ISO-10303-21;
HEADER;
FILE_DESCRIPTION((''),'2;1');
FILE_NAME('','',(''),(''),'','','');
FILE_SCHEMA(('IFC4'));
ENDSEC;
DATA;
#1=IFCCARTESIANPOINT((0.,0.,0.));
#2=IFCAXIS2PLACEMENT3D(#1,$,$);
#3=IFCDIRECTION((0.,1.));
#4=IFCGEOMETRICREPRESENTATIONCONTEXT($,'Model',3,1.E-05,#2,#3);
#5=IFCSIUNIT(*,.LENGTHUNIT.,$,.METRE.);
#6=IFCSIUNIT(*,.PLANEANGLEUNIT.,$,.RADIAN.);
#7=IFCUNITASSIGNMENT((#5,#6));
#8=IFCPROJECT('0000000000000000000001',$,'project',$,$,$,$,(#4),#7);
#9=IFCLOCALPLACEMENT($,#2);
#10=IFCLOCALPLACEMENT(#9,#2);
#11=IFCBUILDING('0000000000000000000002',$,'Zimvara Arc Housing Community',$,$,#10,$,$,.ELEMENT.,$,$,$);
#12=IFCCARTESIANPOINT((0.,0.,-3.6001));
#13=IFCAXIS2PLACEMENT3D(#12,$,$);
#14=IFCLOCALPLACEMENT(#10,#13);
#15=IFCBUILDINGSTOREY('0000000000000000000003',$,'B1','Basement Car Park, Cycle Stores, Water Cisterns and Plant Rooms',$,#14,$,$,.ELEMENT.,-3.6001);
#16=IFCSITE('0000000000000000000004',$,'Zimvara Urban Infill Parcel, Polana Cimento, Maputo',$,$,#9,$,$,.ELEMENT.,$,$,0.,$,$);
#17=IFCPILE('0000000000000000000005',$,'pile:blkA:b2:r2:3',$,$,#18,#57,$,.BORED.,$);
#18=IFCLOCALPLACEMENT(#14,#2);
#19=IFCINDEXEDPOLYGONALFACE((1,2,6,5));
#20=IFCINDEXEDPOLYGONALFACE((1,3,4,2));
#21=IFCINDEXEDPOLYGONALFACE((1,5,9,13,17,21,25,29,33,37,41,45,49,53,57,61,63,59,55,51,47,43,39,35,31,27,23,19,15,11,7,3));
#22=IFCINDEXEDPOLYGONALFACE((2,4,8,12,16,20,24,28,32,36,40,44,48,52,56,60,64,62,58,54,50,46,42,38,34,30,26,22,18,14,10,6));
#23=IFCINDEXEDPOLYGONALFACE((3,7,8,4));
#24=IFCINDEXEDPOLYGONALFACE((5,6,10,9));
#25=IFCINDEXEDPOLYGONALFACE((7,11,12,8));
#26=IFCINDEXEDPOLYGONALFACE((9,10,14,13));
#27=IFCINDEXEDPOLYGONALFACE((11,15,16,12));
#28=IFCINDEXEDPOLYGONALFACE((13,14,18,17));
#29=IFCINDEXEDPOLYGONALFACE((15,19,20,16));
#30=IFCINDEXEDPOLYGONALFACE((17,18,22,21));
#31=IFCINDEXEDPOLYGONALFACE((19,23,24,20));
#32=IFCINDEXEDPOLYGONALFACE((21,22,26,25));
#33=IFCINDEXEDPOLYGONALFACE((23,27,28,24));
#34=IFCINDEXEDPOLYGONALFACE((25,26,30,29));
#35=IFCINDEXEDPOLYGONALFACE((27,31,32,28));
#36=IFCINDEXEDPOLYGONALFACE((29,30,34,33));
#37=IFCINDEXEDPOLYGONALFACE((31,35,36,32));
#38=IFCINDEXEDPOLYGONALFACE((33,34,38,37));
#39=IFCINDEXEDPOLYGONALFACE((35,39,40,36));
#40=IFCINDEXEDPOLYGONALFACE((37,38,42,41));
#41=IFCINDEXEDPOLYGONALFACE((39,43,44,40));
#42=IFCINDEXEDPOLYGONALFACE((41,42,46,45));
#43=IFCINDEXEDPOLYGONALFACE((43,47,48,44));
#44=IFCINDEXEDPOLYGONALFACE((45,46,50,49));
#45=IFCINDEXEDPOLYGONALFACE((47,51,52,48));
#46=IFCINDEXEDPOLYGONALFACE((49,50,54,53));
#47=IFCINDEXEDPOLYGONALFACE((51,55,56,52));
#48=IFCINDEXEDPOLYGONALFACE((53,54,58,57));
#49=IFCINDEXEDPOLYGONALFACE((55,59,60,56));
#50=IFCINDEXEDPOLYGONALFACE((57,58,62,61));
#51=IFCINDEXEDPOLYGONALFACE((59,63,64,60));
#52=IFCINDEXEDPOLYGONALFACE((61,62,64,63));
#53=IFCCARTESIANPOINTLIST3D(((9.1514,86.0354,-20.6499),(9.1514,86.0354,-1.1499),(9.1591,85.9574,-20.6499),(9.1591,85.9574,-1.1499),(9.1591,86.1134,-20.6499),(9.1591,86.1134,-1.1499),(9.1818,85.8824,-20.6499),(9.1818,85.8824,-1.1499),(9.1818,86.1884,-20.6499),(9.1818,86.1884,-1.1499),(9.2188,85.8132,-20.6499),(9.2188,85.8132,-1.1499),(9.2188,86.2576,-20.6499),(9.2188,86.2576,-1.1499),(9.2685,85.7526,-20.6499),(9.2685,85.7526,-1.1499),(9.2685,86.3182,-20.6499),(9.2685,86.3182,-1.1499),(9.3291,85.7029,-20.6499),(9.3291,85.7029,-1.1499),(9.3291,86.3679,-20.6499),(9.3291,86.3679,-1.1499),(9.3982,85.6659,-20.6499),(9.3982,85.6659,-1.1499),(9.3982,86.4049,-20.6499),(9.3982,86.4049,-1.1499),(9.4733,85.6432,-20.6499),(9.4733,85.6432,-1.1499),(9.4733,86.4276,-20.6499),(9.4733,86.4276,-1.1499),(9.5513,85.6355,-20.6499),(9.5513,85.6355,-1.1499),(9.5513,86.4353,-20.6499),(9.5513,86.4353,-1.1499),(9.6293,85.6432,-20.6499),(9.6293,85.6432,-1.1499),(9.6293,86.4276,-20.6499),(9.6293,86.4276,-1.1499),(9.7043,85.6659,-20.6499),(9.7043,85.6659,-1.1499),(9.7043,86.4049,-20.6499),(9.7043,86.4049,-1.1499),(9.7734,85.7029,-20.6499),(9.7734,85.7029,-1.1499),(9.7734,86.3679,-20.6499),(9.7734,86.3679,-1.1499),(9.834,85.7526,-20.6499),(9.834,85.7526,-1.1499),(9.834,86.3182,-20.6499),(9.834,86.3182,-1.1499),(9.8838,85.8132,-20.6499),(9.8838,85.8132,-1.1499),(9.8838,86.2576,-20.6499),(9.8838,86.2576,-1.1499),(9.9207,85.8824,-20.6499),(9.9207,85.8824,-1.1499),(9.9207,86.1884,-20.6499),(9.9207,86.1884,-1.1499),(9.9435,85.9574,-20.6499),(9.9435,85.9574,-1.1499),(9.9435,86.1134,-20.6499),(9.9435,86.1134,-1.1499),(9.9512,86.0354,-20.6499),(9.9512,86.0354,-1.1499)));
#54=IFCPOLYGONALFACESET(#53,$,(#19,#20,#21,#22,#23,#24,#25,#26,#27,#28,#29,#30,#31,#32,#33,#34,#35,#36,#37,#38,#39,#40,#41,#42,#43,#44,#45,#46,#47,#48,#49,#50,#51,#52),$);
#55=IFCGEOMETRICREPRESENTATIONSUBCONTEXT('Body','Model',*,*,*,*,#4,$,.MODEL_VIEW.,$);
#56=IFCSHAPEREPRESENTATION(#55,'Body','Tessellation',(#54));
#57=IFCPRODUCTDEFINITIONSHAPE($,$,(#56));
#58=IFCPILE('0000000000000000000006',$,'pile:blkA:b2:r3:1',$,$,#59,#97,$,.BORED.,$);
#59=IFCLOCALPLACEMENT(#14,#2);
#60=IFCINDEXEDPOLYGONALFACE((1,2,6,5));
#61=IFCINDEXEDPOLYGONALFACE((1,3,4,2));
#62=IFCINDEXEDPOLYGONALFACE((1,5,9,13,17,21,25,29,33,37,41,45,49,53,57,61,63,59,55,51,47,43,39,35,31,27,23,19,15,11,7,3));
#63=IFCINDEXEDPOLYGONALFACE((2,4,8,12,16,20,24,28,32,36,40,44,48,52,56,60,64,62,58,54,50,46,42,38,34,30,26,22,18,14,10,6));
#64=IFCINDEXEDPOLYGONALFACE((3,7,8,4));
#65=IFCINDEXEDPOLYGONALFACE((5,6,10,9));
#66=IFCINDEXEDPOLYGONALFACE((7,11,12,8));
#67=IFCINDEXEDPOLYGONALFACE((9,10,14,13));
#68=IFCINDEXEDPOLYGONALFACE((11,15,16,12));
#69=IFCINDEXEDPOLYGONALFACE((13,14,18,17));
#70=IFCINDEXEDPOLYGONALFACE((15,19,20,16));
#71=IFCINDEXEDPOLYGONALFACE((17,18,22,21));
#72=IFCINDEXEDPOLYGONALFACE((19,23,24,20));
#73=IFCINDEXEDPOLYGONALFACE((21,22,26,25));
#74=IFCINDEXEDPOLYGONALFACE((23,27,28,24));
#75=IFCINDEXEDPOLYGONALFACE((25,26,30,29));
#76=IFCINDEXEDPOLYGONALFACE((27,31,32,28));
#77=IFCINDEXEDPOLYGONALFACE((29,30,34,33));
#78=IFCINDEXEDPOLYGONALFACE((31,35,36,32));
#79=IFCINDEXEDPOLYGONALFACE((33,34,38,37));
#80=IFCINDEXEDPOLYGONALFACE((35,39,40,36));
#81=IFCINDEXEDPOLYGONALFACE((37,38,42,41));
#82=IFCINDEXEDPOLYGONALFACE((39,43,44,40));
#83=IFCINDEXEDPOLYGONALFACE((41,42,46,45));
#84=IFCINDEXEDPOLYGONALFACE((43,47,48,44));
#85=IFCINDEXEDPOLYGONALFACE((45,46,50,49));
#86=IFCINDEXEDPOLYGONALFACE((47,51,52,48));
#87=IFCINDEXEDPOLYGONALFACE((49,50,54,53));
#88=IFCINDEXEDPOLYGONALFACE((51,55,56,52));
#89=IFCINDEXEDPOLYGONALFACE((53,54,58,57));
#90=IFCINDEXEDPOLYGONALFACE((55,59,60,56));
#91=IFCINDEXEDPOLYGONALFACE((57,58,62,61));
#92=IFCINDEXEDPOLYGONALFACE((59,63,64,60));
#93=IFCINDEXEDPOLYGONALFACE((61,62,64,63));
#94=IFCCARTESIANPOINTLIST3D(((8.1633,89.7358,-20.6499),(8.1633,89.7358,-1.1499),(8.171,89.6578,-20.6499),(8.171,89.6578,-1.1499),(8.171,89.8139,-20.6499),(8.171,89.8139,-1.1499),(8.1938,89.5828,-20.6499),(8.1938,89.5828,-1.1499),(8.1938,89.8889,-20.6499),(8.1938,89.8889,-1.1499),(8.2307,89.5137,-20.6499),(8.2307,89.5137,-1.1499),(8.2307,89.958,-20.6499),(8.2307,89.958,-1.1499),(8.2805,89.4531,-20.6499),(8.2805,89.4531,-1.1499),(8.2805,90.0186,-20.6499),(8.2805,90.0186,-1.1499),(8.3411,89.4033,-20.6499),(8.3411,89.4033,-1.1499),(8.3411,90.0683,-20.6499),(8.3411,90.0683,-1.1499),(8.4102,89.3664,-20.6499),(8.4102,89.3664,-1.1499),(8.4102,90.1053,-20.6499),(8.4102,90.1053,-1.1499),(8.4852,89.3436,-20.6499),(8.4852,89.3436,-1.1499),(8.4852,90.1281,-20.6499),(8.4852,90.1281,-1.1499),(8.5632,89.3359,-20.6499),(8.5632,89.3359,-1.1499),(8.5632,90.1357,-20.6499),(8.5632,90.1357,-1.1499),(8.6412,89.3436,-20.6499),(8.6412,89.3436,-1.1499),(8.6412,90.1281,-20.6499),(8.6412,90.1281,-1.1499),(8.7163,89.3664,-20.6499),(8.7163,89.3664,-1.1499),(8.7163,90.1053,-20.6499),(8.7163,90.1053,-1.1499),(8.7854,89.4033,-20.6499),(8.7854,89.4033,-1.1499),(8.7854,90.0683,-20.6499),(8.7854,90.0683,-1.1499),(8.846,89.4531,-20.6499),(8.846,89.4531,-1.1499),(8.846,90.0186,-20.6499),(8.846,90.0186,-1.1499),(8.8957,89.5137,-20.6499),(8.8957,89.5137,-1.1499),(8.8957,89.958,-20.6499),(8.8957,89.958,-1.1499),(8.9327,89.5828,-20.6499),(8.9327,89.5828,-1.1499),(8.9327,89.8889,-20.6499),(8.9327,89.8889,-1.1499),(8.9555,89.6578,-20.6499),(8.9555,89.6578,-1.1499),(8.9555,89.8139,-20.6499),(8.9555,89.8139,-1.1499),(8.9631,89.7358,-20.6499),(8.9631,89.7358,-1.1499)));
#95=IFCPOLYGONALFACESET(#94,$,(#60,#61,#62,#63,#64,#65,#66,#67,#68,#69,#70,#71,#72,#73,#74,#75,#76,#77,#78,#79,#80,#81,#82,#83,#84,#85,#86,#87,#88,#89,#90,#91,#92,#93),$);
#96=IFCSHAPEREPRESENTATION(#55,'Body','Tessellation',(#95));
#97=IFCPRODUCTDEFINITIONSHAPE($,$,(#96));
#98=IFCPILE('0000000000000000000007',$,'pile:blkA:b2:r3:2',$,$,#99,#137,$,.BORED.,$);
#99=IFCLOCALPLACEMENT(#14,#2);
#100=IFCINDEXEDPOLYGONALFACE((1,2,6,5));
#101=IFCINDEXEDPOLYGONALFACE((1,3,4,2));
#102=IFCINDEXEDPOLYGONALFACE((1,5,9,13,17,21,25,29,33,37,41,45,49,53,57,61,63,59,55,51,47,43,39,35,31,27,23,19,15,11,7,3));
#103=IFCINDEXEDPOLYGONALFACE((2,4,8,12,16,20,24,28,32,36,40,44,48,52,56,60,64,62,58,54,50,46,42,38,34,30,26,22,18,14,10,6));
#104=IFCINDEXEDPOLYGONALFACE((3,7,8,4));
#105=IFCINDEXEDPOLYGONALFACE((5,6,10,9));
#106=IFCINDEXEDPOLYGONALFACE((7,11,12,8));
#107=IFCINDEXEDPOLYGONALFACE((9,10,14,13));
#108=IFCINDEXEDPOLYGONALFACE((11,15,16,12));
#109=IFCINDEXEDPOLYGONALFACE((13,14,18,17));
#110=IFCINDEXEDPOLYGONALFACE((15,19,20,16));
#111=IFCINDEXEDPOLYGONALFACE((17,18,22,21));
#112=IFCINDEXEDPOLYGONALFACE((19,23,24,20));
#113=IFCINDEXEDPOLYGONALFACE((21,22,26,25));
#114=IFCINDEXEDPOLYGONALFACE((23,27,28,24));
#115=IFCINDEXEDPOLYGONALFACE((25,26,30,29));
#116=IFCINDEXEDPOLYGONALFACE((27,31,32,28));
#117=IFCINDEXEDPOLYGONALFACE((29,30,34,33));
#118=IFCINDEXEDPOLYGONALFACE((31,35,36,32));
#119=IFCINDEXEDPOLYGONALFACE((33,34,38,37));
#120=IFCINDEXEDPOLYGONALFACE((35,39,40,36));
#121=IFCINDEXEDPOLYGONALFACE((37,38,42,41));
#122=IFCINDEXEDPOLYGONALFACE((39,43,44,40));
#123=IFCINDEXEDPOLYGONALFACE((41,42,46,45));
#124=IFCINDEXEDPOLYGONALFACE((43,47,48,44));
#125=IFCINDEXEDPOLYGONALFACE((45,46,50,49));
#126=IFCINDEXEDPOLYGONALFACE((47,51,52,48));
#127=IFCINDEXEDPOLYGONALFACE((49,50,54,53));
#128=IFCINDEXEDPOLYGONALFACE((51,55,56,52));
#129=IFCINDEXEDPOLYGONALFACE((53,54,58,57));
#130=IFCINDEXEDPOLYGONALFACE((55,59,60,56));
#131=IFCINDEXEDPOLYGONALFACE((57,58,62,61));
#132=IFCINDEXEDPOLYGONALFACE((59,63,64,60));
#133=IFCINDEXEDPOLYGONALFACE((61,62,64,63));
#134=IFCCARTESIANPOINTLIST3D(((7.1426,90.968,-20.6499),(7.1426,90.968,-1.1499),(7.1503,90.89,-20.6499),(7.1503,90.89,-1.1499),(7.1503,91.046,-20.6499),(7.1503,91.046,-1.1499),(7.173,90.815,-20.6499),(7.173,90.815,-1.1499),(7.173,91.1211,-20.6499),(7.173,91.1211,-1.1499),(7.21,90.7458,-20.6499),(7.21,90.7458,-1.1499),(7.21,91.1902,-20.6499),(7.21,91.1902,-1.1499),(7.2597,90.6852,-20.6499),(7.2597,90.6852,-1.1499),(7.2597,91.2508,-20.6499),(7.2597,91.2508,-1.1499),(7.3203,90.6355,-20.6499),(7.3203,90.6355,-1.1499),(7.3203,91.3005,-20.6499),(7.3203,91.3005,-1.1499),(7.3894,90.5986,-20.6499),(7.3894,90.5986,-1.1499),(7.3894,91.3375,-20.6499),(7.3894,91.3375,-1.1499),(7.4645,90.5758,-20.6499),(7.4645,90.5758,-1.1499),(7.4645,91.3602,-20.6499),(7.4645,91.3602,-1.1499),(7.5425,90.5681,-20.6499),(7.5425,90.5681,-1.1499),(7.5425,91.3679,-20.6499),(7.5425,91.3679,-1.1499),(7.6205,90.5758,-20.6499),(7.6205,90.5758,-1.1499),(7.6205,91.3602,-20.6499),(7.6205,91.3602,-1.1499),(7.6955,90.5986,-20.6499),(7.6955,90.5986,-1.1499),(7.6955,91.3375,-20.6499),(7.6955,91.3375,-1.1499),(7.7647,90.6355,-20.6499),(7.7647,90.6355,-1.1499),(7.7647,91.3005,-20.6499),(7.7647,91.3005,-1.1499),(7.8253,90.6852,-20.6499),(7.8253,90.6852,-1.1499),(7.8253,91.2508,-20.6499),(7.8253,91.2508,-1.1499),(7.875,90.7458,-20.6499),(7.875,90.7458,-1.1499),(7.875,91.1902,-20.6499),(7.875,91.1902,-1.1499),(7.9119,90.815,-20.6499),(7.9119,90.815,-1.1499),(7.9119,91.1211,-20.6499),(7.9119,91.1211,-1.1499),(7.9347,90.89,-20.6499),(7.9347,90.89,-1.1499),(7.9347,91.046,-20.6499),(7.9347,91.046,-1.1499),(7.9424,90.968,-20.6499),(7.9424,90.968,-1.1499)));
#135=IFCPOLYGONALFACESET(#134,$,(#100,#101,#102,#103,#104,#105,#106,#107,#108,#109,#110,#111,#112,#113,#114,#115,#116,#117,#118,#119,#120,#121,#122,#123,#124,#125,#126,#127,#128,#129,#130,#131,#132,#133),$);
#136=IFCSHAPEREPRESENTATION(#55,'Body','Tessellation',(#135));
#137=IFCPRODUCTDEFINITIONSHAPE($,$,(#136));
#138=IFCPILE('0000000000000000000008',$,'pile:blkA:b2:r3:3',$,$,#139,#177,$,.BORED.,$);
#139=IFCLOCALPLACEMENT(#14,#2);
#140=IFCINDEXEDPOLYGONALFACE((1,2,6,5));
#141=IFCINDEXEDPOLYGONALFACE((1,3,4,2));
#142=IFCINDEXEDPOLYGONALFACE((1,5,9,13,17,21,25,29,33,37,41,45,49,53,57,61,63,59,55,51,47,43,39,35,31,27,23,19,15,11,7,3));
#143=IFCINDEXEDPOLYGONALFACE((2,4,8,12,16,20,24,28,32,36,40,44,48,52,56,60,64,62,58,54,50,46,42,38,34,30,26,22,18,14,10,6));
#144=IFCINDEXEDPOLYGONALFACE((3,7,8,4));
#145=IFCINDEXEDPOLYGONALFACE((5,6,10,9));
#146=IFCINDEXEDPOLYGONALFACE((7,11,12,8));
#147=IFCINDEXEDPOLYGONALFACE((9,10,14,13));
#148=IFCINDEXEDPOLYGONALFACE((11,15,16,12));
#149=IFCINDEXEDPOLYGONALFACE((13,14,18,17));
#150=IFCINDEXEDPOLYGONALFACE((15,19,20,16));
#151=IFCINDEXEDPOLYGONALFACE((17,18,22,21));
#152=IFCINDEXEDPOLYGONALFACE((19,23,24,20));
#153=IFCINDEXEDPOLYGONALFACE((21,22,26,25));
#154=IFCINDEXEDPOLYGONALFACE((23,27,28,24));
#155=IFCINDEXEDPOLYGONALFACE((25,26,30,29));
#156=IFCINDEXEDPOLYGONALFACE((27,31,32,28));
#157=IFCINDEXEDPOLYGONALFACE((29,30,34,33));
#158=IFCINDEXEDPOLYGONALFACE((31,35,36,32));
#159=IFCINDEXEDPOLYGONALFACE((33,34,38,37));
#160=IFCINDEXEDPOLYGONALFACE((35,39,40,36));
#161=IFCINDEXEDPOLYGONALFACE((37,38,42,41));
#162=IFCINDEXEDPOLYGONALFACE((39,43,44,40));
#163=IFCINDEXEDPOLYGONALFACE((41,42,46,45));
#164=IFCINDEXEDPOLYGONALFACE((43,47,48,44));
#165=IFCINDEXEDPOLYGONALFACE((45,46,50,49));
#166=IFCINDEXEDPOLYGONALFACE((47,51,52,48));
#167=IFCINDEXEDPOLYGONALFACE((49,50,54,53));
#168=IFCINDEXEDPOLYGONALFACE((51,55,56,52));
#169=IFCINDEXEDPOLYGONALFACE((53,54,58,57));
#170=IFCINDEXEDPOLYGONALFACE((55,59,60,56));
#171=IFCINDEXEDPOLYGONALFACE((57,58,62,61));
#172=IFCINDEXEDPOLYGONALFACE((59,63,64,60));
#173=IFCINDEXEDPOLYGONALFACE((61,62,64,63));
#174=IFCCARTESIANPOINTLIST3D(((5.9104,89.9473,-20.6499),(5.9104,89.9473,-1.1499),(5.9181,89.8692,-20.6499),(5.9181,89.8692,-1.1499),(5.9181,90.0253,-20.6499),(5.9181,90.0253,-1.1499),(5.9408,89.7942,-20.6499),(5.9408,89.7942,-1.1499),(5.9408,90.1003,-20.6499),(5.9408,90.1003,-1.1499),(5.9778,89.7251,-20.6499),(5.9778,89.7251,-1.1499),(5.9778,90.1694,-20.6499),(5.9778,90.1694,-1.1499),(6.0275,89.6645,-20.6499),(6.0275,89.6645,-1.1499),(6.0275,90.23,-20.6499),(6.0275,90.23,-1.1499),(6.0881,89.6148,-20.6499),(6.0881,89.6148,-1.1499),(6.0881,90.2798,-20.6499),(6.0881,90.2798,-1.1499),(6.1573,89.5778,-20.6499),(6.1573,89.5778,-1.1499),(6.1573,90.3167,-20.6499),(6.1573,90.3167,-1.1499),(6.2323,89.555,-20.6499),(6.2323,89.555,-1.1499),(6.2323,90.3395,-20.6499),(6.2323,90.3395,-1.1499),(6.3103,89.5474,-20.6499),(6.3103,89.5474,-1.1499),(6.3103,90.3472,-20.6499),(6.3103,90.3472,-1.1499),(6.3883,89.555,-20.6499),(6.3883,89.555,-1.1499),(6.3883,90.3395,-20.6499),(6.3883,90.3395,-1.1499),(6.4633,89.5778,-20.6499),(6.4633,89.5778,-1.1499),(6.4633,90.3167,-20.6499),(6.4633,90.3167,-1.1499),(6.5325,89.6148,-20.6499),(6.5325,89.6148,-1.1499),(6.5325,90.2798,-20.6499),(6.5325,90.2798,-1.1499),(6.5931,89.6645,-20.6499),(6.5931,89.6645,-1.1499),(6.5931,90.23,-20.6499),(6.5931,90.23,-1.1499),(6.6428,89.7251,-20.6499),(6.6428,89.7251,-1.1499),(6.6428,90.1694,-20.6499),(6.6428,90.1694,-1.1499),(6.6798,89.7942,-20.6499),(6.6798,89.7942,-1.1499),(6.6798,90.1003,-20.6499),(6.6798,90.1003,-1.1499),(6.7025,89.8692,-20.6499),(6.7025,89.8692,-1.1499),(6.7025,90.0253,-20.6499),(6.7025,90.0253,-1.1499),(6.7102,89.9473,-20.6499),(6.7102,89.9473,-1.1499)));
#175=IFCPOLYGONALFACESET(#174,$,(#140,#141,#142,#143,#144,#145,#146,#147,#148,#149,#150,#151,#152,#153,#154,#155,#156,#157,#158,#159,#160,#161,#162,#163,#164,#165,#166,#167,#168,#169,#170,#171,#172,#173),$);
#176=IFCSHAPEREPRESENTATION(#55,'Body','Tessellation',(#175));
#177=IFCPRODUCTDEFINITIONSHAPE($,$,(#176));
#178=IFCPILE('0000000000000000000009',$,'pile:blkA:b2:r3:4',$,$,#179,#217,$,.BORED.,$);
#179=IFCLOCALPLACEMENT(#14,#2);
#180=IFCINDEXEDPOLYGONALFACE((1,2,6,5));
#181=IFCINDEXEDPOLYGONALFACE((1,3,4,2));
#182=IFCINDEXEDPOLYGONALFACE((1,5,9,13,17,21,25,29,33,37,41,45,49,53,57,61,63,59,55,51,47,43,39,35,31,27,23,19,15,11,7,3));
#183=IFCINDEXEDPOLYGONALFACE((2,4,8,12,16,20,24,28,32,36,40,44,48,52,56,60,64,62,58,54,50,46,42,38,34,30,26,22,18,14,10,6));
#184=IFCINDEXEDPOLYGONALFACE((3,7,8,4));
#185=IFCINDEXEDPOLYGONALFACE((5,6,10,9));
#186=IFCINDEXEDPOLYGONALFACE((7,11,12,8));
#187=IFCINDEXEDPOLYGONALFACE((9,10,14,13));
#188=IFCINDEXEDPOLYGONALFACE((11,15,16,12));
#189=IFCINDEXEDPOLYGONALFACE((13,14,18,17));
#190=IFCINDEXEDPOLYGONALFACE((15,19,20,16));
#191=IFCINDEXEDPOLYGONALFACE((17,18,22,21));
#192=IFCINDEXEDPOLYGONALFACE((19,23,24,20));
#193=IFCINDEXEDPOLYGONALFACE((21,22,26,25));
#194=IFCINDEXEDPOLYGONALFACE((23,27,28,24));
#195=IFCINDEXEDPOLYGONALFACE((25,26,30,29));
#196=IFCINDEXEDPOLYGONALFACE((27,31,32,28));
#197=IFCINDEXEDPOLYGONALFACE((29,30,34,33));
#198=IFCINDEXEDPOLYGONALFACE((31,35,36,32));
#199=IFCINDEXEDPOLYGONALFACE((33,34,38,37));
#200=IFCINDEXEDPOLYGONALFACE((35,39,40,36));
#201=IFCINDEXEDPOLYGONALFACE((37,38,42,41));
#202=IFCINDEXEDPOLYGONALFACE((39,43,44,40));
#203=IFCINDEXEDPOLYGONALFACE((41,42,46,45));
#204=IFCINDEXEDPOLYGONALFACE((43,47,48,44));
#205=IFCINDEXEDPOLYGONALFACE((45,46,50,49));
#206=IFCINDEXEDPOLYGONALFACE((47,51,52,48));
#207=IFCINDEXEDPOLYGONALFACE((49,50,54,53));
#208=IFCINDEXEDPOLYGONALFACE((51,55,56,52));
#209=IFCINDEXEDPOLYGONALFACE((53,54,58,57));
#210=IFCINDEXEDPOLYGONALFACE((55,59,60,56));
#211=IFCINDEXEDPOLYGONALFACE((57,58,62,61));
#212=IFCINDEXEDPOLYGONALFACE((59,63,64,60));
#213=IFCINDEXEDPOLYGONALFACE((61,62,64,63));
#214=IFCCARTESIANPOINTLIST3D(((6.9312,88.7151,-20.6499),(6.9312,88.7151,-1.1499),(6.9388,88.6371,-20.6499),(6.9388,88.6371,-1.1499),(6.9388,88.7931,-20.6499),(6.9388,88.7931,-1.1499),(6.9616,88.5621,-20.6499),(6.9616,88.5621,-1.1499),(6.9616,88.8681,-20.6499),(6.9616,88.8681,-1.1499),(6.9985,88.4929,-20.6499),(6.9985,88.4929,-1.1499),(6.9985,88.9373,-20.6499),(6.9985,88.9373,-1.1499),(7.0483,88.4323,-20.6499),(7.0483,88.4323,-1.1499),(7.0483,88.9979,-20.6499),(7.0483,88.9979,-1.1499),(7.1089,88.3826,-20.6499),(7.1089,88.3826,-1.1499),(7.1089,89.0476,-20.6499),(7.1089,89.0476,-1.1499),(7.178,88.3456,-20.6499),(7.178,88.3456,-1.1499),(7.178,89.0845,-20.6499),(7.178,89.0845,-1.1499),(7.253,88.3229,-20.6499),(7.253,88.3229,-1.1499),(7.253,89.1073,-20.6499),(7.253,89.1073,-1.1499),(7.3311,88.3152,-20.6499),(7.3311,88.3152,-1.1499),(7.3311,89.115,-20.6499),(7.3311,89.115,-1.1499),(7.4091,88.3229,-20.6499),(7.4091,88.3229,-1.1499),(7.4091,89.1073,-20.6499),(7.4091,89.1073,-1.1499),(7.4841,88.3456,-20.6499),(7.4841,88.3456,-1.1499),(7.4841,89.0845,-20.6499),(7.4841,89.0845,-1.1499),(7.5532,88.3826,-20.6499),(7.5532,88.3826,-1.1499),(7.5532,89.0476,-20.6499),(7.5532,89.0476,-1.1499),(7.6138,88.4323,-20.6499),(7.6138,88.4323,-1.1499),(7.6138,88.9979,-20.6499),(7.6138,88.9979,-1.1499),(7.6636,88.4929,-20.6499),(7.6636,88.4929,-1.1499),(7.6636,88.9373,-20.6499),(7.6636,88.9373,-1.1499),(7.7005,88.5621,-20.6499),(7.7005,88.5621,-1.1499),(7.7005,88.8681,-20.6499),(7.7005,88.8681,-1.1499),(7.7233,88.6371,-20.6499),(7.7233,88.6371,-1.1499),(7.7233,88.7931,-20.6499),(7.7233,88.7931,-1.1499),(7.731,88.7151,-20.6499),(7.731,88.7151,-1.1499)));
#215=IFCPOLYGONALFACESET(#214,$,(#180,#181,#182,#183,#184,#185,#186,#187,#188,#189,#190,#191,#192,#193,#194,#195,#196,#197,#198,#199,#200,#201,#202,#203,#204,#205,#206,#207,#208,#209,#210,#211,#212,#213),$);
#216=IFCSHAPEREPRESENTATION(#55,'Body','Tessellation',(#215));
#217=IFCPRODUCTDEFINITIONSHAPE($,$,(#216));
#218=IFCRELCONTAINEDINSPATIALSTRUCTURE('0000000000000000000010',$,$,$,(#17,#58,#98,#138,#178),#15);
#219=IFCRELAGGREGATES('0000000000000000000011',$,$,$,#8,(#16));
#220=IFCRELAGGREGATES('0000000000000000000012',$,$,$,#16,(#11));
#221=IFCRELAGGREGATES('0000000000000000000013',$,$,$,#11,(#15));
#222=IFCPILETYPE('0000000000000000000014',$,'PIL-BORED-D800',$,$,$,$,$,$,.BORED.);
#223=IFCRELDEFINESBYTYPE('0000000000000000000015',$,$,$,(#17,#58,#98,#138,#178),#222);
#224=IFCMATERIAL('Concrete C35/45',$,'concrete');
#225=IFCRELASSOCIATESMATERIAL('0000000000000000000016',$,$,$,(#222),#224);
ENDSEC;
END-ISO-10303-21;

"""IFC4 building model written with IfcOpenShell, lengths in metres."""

from ifc_helpers import new_model, si_unit, direction, frame, origin, origin_2d, place, context, subcontext, project, spatial, circle, extrude, material, material_profile, profile_set, type_object, element, save


model = new_model("IFC4")

# Units and contexts
model_context = context("Model", 3, precision=1e-05, world=origin(), true_north=direction((0.0, 1.0)))
body_context = subcontext(model_context, "Body", "Model", "MODEL_VIEW")
ifc_project = project(units=[si_unit("LENGTHUNIT", "METRE"), si_unit("PLANEANGLEUNIT", "RADIAN")], contexts=[model_context])

# Site, building, storey
site_placement = place(None, origin())
site = spatial("IfcSite", under=ifc_project, at=site_placement, Name="Zimvara Urban Infill Parcel, Polana Cimento, Maputo", CompositionType="ELEMENT", RefElevation=0.0)
building_placement = place(site_placement, origin())
building = spatial("IfcBuilding", under=site, at=building_placement, Name="Zimvara Arc Housing Community", CompositionType="ELEMENT")
storey_placement = place(building_placement, frame((0.0, 0.0, -3.6001)))
storey = spatial("IfcBuildingStorey", under=building, at=storey_placement, Name="B1", Description="Basement Car Park, Cycle Stores, Water Cisterns and Plant Rooms", CompositionType="ELEMENT", Elevation=-3.6001)

# Piles
ifc_material_1 = material(Name="Concrete C35/45", Category="concrete")
ifc_material_profile_1 = material_profile(ifc_material_1, circle(Radius=0.3999, at=origin_2d()), Name="PILE D800")
ifc_profile_set_1 = profile_set([ifc_material_profile_1], Name="Concrete C35/45")
pile_type = type_object("IfcPileType", Name="PIL-BORED-D800", PredefinedType="BORED", material=ifc_profile_set_1)
for number, where, z_axis, x_axis, name in (
    (1, (9.5513, 86.0354, -1.1499), (0.0, 0.0, -1.0), (1.0, 0.0, 0.0), "pile:blkA:b2:r2:3"),
    (2, (8.5632, 89.7358, -1.1499), (0.0, 0.0, -1.0), (1.0, 0.0, 0.0), "pile:blkA:b2:r3:1"),
    (3, (7.5425, 90.968, -1.1499), (0.0, 0.0, -1.0), (1.0, 0.0, 0.0), "pile:blkA:b2:r3:2"),
    (4, (6.3103, 89.9473, -1.1499), (0.0, 0.0, -1.0), (1.0, 0.0, 0.0), "pile:blkA:b2:r3:3"),
    (5, (7.3311, 88.7151, -1.1499), (0.0, 0.0, -1.0), (1.0, 0.0, 0.0), "pile:blkA:b2:r3:4"),
):
    element("IfcPile", number, at=place(storey_placement, frame(where, z_axis=z_axis, x_axis=x_axis)), inside=storey, type_object=pile_type, Name=name, PredefinedType="BORED", context=body_context, shape_type="SweptSolid", body=[
        extrude(circle(Radius=0.3999, at=origin_2d()), origin(), (0.0, 0.0, 1.0), 19.5),
    ])

save(model, "model.ifc")
